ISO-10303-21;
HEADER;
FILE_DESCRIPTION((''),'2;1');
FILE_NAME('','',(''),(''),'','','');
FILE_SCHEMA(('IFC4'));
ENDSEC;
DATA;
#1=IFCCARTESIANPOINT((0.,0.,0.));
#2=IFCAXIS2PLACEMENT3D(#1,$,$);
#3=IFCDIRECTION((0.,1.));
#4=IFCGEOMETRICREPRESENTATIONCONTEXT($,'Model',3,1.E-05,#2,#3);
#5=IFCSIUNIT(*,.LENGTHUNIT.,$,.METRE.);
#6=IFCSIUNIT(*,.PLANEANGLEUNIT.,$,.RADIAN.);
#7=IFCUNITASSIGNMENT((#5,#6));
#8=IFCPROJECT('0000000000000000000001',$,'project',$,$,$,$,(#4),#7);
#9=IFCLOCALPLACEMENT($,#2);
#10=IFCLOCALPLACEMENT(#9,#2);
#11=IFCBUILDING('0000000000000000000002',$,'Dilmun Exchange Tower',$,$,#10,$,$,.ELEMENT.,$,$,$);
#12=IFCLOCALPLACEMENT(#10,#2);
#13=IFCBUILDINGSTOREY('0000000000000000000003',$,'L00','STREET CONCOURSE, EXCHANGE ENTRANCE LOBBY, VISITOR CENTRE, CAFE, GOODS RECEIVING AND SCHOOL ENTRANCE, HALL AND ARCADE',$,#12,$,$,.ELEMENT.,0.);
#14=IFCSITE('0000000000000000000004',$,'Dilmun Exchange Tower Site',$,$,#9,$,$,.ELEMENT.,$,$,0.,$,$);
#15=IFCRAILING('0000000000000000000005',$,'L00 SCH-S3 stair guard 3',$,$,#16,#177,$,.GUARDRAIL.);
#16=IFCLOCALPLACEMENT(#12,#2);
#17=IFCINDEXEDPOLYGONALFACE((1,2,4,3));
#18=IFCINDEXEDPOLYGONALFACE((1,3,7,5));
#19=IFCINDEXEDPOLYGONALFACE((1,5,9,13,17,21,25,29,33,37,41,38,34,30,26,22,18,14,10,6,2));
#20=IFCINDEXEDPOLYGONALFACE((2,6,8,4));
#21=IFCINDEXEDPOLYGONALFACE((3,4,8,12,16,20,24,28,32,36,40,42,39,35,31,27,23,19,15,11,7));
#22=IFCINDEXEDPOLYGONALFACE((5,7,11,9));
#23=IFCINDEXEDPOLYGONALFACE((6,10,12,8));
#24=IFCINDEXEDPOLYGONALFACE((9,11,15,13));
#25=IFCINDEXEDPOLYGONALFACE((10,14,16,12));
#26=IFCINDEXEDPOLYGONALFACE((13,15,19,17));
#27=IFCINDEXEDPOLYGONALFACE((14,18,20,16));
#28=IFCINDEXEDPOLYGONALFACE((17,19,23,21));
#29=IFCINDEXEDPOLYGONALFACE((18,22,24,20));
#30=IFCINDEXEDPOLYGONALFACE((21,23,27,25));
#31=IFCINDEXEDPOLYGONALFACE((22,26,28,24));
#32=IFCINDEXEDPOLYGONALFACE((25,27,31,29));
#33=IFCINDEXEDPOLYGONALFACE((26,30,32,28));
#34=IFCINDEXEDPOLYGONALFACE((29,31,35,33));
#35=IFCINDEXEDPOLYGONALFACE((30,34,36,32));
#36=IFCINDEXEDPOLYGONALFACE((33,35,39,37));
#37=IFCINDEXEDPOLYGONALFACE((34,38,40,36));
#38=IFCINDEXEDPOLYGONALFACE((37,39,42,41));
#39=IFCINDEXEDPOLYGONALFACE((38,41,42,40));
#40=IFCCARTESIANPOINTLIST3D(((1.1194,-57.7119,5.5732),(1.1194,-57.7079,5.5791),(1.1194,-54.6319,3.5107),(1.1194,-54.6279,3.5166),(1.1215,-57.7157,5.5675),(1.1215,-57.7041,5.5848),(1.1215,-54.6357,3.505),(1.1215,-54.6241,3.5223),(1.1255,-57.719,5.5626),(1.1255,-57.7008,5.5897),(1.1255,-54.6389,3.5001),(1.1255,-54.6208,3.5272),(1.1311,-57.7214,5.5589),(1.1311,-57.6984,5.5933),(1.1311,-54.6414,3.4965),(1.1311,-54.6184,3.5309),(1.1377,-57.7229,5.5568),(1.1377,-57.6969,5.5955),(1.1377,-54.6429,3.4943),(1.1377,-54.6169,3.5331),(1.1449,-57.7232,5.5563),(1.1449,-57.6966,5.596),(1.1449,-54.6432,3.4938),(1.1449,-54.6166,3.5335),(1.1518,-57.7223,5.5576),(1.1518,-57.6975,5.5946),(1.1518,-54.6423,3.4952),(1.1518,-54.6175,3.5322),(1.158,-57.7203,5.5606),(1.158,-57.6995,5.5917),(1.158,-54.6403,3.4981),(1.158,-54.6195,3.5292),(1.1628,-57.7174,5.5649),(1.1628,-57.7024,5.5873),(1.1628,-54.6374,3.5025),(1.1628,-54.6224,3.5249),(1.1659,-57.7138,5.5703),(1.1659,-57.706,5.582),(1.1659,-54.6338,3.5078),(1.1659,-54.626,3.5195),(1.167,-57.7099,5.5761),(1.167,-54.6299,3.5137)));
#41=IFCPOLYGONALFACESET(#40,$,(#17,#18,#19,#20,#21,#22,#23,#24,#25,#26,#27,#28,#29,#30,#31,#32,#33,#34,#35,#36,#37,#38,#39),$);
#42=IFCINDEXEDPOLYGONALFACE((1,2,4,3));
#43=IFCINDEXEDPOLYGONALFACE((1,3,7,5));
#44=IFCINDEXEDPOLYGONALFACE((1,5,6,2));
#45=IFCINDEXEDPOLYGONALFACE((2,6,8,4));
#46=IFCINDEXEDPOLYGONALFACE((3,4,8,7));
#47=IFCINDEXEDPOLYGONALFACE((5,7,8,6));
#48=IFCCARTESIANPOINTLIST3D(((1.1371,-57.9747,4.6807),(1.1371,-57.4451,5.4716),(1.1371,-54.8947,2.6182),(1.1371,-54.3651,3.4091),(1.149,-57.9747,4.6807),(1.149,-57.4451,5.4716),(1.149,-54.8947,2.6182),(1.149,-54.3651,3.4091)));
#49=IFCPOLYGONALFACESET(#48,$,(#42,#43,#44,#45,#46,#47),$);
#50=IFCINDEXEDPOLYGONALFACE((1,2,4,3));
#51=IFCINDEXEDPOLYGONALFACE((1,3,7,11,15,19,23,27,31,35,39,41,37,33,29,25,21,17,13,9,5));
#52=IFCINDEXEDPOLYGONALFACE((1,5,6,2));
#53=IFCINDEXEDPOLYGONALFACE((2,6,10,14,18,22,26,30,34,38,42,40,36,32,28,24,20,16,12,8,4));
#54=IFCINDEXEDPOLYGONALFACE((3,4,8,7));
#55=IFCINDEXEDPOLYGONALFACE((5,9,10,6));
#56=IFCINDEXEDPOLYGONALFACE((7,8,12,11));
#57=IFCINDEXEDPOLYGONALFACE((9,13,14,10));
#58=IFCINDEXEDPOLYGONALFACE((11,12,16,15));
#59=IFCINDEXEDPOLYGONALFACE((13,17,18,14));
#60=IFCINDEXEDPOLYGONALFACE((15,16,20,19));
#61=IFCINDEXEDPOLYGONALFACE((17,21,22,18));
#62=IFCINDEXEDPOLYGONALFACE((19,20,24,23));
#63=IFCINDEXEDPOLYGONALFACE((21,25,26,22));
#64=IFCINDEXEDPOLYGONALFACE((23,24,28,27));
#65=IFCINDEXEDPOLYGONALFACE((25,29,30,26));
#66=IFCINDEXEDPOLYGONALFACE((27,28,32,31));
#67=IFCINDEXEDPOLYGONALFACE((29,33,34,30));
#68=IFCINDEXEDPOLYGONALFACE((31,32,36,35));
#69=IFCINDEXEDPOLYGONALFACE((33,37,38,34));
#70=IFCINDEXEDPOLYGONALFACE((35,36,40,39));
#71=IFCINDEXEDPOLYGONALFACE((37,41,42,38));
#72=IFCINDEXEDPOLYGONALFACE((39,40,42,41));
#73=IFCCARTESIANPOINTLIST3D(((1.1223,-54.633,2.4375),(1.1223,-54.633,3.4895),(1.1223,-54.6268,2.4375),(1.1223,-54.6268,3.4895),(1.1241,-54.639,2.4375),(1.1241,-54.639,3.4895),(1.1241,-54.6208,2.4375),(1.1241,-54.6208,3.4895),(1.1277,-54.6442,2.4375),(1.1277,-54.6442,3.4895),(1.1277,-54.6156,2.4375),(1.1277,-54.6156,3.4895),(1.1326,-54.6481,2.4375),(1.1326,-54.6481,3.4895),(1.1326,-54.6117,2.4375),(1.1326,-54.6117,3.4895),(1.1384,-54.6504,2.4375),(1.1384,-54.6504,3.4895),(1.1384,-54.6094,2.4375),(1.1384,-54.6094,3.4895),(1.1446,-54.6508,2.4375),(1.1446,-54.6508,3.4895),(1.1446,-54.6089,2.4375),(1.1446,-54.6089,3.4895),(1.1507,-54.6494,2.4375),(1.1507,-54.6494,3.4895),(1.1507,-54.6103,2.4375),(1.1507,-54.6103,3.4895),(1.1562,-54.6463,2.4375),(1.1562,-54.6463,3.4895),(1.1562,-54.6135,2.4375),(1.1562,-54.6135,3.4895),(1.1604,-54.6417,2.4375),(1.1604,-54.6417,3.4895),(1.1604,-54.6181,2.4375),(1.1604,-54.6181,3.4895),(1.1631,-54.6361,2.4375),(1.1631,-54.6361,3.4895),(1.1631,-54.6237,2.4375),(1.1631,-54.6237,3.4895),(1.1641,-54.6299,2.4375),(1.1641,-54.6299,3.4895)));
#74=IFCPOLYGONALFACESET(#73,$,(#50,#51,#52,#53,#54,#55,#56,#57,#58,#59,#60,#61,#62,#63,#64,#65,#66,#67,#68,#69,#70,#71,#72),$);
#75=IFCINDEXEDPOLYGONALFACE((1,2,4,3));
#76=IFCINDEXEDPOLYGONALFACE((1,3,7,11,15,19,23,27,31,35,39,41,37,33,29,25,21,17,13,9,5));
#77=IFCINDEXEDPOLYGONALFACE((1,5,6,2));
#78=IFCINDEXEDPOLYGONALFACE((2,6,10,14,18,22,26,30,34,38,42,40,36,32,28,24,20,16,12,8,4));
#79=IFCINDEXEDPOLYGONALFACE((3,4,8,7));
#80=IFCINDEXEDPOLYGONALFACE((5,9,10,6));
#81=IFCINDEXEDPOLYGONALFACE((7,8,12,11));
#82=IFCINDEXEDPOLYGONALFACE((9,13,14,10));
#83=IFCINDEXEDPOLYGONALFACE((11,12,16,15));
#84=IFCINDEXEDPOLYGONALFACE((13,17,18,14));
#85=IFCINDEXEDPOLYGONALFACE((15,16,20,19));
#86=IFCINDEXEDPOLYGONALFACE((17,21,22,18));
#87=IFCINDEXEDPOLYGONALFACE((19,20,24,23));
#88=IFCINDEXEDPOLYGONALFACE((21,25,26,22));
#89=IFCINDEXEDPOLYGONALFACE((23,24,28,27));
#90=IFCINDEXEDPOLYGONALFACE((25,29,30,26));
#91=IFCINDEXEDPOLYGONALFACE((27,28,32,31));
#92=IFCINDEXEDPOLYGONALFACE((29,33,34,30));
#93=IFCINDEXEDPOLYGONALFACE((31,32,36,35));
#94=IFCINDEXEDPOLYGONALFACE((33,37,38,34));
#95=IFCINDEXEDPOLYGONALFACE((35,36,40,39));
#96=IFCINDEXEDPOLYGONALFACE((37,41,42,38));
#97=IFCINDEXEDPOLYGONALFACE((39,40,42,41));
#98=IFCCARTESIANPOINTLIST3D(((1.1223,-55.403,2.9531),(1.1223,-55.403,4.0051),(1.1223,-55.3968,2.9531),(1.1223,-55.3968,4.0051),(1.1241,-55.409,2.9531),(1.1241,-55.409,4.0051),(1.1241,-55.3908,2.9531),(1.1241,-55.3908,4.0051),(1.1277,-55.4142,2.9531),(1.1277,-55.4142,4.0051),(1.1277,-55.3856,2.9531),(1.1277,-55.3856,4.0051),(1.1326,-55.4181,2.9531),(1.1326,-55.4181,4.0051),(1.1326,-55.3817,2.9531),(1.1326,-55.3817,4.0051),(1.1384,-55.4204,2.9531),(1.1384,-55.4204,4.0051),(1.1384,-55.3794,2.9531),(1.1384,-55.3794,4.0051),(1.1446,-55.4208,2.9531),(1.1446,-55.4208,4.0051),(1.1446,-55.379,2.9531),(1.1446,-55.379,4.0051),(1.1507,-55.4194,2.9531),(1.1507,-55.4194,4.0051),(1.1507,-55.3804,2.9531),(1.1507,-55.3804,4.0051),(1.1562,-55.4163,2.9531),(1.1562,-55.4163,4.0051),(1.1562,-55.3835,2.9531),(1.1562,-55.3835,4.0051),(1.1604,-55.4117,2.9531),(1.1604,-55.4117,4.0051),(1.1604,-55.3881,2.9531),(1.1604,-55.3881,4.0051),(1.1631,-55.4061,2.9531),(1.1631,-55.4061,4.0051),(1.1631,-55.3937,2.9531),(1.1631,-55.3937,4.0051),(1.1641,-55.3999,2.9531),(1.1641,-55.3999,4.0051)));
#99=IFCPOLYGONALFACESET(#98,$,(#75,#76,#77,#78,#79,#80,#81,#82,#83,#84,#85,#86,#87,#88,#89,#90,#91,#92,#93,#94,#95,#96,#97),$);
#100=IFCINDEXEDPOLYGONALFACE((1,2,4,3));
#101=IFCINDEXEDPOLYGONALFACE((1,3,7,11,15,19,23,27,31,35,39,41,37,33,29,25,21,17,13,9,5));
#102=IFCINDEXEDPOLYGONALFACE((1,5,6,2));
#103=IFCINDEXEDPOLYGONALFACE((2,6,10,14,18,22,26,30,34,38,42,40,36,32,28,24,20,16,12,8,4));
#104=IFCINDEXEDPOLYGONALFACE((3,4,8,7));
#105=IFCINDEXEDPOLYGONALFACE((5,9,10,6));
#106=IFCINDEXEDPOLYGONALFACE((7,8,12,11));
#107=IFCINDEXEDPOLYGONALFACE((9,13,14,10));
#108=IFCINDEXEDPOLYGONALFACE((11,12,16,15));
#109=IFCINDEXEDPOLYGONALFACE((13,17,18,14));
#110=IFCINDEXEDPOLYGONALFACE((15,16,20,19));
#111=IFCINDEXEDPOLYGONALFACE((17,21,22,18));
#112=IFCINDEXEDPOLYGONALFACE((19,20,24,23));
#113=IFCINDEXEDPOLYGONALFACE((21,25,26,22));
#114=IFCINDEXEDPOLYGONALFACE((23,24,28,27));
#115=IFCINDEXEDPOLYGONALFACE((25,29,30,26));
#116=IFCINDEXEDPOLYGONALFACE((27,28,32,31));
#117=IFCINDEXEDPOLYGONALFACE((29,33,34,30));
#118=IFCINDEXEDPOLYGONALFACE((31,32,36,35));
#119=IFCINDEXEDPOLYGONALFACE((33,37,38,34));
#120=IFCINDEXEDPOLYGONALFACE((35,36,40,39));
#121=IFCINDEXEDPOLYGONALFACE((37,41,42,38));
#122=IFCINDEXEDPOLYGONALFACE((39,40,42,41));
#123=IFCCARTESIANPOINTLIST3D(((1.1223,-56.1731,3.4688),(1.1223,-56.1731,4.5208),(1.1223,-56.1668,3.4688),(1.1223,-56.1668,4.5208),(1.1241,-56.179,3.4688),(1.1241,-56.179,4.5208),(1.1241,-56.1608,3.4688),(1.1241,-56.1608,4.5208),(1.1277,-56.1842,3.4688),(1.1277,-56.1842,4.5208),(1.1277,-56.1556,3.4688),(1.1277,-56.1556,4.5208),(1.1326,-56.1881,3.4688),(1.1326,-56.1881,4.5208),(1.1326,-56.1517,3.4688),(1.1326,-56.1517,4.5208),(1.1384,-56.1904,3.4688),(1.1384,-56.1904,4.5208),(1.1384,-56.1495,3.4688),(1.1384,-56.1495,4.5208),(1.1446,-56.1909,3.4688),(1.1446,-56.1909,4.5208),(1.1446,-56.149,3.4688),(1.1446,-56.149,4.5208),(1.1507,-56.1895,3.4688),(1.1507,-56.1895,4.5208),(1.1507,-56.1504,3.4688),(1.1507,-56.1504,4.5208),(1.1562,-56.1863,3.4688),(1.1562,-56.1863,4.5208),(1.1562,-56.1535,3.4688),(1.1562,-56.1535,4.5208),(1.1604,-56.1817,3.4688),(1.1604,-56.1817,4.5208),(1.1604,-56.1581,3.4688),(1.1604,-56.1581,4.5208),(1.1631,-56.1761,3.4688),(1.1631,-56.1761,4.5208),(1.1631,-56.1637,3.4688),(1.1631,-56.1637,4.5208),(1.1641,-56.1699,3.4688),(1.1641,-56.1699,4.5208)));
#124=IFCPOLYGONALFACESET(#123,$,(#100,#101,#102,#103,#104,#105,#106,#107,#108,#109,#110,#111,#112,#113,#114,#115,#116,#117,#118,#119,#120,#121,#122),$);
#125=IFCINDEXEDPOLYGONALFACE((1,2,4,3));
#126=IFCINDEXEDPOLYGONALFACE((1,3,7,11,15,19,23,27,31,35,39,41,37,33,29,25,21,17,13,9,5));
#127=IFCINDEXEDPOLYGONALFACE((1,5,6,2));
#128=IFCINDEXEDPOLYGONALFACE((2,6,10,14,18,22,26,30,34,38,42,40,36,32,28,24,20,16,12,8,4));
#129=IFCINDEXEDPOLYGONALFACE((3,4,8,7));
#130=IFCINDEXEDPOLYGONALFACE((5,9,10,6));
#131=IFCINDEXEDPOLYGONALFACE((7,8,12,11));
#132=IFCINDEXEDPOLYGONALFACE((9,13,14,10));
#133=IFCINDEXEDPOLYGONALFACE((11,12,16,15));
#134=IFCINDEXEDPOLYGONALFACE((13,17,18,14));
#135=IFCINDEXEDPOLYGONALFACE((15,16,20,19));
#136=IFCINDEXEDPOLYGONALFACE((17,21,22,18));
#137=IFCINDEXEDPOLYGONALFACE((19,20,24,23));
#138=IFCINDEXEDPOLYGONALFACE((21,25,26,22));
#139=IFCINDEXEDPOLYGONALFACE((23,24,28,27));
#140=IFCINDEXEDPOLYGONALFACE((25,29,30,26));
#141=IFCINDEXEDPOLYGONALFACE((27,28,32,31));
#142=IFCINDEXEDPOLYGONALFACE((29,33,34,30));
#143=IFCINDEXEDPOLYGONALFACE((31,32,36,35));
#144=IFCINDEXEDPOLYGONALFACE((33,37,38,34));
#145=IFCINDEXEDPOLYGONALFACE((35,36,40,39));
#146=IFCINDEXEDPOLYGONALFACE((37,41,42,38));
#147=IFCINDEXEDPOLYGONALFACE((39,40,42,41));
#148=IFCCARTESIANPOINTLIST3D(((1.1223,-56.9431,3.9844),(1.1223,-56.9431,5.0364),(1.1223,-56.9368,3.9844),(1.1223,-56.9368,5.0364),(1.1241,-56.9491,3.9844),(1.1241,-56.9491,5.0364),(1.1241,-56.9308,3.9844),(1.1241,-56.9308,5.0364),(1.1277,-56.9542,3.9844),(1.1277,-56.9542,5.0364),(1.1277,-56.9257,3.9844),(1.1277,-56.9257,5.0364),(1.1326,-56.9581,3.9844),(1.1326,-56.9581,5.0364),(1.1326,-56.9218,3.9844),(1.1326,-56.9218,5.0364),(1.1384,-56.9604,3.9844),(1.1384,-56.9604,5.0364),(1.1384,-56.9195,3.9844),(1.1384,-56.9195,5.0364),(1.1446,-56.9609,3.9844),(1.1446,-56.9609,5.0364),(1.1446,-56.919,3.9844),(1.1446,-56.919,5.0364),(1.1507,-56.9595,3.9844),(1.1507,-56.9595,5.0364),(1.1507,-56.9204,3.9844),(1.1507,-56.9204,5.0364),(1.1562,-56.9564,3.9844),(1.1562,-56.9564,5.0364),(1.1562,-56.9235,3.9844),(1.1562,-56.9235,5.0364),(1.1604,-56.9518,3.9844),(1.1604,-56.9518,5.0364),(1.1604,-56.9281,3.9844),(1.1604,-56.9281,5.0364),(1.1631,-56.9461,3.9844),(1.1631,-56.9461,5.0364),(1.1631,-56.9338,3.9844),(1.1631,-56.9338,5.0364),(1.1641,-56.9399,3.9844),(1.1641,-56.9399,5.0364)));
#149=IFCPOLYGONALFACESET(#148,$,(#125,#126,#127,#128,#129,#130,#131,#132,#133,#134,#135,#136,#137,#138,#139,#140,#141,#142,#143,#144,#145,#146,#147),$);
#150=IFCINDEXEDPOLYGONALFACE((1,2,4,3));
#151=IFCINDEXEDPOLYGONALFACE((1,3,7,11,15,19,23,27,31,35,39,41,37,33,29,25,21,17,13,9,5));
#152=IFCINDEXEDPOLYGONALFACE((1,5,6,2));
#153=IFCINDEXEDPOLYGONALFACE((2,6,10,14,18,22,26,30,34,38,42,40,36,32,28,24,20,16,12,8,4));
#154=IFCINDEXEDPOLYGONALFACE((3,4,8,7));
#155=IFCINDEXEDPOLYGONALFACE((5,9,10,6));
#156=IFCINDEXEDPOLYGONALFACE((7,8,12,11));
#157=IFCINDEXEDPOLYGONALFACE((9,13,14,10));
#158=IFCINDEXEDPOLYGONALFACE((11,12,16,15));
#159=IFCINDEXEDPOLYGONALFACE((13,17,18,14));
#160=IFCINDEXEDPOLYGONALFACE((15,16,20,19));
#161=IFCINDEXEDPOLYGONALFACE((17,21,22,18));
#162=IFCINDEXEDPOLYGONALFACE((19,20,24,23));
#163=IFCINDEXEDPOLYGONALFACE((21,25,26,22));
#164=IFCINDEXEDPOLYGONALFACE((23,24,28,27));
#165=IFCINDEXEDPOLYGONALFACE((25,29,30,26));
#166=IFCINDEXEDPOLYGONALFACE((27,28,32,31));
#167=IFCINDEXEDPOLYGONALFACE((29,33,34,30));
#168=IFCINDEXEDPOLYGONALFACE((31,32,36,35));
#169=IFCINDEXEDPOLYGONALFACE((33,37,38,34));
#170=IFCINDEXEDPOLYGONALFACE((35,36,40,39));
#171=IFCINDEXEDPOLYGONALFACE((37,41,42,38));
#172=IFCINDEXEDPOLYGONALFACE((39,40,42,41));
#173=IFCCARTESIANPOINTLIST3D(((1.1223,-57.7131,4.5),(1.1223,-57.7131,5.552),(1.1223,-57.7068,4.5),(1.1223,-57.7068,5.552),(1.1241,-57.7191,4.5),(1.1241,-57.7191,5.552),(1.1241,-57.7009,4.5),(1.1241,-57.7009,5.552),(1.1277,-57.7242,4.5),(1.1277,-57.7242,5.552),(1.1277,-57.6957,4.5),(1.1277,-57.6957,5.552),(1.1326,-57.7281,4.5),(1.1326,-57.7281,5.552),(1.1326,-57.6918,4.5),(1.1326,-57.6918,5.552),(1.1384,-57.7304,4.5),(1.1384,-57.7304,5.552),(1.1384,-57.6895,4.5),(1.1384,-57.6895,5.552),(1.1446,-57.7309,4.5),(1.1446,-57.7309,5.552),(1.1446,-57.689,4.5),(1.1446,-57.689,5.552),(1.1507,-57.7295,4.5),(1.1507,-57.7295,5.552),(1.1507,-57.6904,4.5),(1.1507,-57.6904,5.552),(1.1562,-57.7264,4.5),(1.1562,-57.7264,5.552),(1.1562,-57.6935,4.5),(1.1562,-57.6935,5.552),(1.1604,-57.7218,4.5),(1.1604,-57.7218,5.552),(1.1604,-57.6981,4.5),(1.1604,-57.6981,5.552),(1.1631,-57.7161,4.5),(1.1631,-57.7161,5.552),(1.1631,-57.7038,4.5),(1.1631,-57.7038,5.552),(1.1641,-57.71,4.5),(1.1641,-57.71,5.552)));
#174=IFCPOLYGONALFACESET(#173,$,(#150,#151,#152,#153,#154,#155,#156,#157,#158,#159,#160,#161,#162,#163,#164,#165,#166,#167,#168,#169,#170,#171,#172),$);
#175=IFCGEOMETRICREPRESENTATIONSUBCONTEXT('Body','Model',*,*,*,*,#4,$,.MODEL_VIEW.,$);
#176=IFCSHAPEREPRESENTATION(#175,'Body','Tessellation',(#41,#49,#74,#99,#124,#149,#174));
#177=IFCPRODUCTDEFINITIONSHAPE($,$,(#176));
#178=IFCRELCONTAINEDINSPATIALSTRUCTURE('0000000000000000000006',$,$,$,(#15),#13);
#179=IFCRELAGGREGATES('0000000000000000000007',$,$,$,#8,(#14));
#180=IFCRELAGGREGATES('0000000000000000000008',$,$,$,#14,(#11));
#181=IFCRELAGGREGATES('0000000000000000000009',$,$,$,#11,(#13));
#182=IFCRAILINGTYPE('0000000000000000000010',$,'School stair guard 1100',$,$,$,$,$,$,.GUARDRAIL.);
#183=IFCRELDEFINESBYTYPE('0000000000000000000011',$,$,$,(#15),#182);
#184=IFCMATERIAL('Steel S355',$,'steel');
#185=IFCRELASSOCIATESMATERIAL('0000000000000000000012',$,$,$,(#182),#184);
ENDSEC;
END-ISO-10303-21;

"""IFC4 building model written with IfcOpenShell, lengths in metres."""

from ifc_helpers import new_model, si_unit, direction, frame, origin, origin_2d, place, context, subcontext, project, spatial, rectangle, circle, extrude, material, type_object, element, save


model = new_model("IFC4")

# Units and contexts
model_context = context("Model", 3, precision=1e-05, world=origin(), true_north=direction((0.0, 1.0)))
body_context = subcontext(model_context, "Body", "Model", "MODEL_VIEW")
ifc_project = project(units=[si_unit("LENGTHUNIT", "METRE"), si_unit("PLANEANGLEUNIT", "RADIAN")], contexts=[model_context])

# Site, building, storey
site_placement = place(None, origin())
site = spatial("IfcSite", under=ifc_project, at=site_placement, Name="Dilmun Exchange Tower Site", CompositionType="ELEMENT", RefElevation=0.0)
building_placement = place(site_placement, origin())
building = spatial("IfcBuilding", under=site, at=building_placement, Name="Dilmun Exchange Tower", CompositionType="ELEMENT")
storey_placement = place(building_placement, origin())
storey = spatial("IfcBuildingStorey", under=building, at=storey_placement, Name="L00", Description="STREET CONCOURSE, EXCHANGE ENTRANCE LOBBY, VISITOR CENTRE, CAFE, GOODS RECEIVING AND SCHOOL ENTRANCE, HALL AND ARCADE", CompositionType="ELEMENT", Elevation=0.0)

# Railing
ifc_material_1 = material(Name="Steel S355", Category="steel")
railing_type_1 = type_object("IfcRailingType", Name="School stair guard 1100", PredefinedType="GUARDRAIL", material=ifc_material_1)
railing_1_placement = place(storey_placement, frame((1.1431, -54.6299, 2.4375)))
element("IfcRailing", 1, at=railing_1_placement, inside=storey, type_object=railing_type_1, Name="L00 SCH-S3 stair guard 3", PredefinedType="GUARDRAIL", context=body_context, shape_type="SweptSolid", body=[
    extrude(circle(Radius=0.0239, at=origin_2d()), frame((0.0, 0.0, 1.0762), z_axis=(0.0, -0.830914, 0.556401), x_axis=(1.0, 0.0, 0.0)), (0.0, 0.0, 1.0), 3.7068),
    extrude(rectangle(XDim=0.012, YDim=0.9519, at=origin_2d()), frame((0.0, 0.0, 0.5762), z_axis=(0.0, -0.830914, 0.556401), x_axis=(1.0, 0.0, 0.0)), (0.0, 0.0, 1.0), 3.7068),
    extrude(circle(Radius=0.021, at=origin_2d()), origin(), (0.0, 0.0, 1.0), 1.052),
    extrude(circle(Radius=0.021, at=origin_2d()), frame((0.0, -0.77, 0.5156)), (0.0, 0.0, 1.0), 1.052),
    extrude(circle(Radius=0.021, at=origin_2d()), frame((0.0, -1.54, 1.0312)), (0.0, 0.0, 1.0), 1.052),
    extrude(circle(Radius=0.021, at=origin_2d()), frame((0.0, -2.3101, 1.5469)), (0.0, 0.0, 1.0), 1.052),
    extrude(circle(Radius=0.021, at=origin_2d()), frame((0.0, -3.0801, 2.0625)), (0.0, 0.0, 1.0), 1.052),
])

save(model, "model.ifc")
